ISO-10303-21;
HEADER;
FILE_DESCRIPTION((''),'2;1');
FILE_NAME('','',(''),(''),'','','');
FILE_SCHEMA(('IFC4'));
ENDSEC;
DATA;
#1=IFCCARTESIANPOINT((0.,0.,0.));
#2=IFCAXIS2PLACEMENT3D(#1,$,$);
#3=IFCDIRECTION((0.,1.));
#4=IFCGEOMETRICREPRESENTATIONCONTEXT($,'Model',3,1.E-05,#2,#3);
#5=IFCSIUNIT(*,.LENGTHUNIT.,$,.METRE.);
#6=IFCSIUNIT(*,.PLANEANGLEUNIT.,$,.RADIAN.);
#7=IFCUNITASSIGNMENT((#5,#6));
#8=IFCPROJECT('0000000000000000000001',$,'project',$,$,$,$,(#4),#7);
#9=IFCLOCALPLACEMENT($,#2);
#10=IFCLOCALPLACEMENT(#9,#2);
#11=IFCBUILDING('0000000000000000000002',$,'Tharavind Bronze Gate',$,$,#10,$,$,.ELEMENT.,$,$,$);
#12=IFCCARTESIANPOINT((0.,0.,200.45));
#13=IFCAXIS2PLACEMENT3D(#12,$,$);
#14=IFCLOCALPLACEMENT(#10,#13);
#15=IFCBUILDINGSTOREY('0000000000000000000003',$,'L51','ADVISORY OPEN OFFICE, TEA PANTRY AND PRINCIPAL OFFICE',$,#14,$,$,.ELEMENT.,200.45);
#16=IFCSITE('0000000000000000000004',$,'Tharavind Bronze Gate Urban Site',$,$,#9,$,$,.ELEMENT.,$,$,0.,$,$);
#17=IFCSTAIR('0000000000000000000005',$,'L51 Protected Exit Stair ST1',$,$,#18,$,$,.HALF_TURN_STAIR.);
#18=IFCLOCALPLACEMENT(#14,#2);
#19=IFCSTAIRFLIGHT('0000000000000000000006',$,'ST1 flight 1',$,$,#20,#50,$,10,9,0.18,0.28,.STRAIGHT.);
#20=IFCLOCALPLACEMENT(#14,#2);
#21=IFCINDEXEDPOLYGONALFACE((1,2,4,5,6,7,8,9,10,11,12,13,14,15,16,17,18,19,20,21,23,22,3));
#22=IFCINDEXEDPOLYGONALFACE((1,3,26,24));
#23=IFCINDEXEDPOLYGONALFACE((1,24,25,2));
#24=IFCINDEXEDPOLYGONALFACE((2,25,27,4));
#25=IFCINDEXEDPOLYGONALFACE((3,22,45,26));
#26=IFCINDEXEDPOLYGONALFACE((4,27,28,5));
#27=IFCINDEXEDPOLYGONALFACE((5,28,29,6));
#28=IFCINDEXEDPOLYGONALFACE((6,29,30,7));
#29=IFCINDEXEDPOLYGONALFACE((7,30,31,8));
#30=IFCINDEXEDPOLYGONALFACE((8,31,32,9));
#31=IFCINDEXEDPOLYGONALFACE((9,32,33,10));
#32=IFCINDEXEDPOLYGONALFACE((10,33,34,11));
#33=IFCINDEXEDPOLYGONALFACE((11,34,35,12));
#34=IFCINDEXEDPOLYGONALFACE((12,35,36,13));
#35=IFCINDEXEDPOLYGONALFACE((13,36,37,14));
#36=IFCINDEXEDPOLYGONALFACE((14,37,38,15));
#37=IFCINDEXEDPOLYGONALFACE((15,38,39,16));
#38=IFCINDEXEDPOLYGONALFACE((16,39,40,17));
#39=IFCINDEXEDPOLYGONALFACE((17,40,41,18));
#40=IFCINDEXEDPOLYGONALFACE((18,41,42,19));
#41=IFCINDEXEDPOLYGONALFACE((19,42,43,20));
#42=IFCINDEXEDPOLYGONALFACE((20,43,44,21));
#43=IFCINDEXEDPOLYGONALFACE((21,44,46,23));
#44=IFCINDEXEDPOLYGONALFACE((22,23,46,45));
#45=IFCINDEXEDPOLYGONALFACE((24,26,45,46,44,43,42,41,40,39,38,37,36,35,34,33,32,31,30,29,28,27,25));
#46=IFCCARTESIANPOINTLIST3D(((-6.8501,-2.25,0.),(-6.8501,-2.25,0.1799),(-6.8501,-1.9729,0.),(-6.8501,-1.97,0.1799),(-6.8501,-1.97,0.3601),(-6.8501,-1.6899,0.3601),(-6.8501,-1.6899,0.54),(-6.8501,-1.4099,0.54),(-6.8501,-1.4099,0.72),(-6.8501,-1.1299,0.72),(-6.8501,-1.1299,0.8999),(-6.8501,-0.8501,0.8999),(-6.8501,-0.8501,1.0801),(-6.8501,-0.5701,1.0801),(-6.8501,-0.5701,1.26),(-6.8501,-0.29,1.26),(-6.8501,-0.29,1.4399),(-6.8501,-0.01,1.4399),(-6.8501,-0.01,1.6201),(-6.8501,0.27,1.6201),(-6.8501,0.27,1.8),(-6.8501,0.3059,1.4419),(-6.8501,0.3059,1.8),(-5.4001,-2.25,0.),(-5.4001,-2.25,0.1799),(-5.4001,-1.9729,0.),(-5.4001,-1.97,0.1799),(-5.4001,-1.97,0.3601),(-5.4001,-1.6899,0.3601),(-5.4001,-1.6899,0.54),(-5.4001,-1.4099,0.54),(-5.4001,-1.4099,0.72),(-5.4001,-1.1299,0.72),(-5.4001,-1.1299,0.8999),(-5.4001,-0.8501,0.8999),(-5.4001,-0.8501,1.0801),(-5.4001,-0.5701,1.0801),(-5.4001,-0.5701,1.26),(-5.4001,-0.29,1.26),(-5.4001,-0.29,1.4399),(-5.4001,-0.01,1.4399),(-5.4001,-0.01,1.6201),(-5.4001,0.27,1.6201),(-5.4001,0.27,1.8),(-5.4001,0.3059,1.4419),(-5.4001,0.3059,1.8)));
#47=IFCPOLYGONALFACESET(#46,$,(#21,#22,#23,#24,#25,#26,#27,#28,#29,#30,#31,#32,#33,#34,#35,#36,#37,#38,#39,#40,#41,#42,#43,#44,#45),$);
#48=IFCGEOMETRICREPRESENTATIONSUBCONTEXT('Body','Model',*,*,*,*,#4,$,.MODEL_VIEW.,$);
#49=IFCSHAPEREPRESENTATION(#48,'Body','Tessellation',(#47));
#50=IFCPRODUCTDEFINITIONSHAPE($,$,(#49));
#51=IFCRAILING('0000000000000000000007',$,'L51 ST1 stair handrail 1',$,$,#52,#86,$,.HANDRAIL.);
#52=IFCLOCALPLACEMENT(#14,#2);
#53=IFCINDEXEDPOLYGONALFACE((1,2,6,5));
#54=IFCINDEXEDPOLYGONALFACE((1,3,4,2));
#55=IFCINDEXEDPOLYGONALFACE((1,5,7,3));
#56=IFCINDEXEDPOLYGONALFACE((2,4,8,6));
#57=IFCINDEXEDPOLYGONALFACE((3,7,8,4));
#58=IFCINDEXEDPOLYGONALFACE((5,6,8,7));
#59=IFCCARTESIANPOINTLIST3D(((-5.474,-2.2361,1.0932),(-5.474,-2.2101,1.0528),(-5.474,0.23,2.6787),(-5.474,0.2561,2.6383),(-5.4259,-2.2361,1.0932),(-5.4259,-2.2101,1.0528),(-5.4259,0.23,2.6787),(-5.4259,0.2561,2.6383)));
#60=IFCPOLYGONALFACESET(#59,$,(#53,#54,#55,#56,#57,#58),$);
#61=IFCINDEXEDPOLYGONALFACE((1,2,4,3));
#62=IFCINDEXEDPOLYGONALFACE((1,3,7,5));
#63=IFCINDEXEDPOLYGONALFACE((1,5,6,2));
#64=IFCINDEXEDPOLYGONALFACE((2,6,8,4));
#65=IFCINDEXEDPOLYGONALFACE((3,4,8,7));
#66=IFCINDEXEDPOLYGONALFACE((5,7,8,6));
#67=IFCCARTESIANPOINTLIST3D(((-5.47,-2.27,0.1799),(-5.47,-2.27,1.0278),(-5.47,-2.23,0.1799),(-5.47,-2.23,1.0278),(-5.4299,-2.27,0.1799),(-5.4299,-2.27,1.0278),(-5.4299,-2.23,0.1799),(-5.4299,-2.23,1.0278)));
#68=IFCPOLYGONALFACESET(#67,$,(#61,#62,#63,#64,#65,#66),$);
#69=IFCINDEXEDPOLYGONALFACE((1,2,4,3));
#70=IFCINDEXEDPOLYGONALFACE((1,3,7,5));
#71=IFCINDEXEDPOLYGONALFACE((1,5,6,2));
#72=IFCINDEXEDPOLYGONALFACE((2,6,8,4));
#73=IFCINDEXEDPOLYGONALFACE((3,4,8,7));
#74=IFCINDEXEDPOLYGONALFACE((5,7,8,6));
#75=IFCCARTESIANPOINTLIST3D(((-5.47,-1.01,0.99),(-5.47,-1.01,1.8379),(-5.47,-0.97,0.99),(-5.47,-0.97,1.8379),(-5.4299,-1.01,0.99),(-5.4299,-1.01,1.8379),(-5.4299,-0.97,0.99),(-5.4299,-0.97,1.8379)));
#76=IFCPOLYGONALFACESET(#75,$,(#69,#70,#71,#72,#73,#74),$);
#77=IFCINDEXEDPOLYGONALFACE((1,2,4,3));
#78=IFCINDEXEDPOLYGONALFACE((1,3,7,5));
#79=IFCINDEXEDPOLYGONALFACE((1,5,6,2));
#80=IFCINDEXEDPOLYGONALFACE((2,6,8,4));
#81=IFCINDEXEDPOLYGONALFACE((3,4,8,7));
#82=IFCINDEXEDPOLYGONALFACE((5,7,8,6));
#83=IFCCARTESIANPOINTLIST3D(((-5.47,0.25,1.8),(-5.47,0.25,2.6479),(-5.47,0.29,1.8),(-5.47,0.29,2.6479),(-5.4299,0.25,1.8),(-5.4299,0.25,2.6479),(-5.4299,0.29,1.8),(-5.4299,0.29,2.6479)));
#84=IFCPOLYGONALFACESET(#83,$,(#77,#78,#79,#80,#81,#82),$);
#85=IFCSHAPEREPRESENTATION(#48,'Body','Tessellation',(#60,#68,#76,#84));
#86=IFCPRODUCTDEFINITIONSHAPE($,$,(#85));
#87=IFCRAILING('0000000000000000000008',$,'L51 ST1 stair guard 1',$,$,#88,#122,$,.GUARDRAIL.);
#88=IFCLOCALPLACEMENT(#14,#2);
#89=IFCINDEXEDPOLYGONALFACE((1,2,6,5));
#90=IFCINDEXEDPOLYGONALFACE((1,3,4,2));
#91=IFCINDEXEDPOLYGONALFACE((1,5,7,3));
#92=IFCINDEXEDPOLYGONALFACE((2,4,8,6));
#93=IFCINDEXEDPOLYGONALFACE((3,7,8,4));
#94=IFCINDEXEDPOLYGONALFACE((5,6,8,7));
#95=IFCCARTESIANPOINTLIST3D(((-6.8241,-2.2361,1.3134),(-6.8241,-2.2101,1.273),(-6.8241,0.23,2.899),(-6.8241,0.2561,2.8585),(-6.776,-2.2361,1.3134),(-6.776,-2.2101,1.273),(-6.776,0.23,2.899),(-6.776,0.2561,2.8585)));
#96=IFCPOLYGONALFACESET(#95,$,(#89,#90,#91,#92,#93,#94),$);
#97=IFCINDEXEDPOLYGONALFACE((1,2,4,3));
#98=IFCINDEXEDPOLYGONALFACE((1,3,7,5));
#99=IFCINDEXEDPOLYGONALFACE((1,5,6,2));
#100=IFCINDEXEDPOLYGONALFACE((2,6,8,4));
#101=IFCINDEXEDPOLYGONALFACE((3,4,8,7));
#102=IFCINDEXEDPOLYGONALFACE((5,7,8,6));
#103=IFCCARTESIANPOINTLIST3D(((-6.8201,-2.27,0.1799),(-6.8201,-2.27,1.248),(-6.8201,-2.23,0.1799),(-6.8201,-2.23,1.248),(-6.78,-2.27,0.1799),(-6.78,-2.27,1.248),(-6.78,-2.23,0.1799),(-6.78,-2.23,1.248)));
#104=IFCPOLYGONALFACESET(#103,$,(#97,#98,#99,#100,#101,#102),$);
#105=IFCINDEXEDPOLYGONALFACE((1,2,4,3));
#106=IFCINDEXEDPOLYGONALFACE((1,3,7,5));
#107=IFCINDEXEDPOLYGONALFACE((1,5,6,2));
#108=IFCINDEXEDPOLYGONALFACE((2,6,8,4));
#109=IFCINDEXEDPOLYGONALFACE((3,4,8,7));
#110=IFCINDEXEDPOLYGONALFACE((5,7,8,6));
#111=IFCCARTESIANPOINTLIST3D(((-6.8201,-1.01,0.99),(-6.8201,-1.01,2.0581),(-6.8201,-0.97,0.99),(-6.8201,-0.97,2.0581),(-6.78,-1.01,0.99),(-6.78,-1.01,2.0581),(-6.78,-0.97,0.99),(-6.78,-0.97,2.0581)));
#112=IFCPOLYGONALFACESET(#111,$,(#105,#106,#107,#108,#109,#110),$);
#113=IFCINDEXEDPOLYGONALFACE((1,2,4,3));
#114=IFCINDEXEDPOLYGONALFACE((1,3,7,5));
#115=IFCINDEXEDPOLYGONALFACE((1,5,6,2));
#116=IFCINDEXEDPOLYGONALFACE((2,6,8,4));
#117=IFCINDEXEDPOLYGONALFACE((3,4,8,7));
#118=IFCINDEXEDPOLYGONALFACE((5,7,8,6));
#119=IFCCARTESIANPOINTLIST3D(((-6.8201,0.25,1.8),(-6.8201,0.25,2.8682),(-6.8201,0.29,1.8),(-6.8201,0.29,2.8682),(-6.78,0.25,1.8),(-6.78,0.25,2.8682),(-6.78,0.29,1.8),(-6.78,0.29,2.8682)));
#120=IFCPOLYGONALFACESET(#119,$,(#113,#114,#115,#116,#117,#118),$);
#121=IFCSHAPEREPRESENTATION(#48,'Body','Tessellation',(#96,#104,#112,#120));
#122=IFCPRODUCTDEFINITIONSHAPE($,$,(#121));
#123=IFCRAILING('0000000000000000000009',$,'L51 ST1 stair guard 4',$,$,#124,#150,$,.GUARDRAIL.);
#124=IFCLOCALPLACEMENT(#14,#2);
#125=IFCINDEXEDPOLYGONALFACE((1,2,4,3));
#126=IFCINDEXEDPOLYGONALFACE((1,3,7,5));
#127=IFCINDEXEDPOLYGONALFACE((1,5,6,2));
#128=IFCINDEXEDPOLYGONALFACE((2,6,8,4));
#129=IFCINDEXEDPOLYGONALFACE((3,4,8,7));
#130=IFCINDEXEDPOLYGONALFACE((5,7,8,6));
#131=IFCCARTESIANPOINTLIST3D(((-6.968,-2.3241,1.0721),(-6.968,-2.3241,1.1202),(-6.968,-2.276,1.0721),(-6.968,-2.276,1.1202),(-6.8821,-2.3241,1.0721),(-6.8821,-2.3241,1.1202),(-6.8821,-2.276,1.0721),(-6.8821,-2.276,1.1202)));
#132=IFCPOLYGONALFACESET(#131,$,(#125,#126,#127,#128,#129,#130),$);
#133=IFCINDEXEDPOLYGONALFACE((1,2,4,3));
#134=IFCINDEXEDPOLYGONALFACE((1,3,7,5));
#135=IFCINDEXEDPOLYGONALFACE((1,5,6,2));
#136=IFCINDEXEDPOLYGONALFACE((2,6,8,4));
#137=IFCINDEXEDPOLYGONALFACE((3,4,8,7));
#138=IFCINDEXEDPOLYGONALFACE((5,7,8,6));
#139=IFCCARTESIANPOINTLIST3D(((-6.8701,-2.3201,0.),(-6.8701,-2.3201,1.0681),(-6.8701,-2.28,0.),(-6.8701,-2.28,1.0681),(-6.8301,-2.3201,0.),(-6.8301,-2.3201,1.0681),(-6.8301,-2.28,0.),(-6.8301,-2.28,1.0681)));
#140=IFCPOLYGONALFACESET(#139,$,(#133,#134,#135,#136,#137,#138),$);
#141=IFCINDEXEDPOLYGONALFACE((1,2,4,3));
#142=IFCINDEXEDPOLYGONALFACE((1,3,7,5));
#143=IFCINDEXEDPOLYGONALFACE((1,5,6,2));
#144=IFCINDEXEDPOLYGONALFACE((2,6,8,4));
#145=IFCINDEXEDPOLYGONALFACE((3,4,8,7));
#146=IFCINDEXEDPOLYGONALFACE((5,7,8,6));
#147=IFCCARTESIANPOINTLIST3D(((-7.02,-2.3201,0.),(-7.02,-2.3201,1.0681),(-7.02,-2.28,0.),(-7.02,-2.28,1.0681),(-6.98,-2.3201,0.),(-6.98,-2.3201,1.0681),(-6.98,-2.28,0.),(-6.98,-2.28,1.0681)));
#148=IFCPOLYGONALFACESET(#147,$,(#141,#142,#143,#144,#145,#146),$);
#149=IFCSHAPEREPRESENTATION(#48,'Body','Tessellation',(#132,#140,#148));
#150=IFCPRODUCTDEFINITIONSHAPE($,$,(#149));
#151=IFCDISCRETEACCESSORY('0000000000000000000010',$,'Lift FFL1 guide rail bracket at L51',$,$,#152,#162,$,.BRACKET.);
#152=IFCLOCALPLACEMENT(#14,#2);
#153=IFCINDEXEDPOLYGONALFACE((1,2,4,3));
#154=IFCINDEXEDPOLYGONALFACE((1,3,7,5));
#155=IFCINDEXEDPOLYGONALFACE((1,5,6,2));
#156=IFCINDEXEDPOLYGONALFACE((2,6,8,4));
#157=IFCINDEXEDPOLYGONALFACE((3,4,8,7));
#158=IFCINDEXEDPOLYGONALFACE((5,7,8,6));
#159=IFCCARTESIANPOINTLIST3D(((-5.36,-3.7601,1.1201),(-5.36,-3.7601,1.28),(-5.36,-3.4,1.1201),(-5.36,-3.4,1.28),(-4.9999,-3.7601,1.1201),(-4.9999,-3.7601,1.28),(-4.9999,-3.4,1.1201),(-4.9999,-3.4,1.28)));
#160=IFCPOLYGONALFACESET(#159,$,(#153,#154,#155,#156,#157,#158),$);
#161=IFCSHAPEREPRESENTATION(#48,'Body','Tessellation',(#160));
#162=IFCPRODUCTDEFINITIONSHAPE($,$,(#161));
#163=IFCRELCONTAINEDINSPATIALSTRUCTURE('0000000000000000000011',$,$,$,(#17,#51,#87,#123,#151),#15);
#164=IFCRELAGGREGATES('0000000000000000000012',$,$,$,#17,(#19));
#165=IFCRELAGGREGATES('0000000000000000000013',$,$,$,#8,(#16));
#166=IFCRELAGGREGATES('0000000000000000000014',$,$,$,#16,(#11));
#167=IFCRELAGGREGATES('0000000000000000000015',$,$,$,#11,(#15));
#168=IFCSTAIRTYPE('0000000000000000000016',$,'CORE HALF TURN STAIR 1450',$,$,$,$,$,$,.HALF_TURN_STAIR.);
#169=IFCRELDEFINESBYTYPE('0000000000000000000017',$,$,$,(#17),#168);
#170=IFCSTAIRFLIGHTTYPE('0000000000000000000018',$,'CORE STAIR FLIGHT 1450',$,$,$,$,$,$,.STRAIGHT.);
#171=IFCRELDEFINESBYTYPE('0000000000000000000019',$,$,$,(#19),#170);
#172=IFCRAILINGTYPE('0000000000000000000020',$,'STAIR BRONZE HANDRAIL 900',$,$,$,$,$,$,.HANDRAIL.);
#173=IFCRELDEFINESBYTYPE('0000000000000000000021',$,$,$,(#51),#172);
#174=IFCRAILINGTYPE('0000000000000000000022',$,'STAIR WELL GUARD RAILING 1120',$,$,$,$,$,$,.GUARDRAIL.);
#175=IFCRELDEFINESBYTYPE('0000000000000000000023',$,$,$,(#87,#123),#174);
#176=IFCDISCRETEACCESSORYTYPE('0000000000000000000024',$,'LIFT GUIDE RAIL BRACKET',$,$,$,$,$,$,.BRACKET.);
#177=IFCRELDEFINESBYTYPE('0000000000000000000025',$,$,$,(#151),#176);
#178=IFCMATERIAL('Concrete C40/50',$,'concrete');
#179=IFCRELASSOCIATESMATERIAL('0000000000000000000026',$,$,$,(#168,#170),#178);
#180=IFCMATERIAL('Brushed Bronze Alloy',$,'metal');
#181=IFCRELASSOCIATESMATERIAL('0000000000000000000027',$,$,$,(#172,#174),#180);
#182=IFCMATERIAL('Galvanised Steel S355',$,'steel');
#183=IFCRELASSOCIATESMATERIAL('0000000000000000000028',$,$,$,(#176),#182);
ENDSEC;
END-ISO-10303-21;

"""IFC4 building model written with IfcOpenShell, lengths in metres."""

from ifc_helpers import new_model, si_unit, direction, frame, origin, origin_2d, place, context, subcontext, project, spatial, polyline, rectangle, outline, extrude, material, type_object, element, aggregate, save


model = new_model("IFC4")

# Units and contexts
model_context = context("Model", 3, precision=1e-05, world=origin(), true_north=direction((0.0, 1.0)))
body_context = subcontext(model_context, "Body", "Model", "MODEL_VIEW")
ifc_project = project(units=[si_unit("LENGTHUNIT", "METRE"), si_unit("PLANEANGLEUNIT", "RADIAN")], contexts=[model_context])

# Site, building, storey
site_placement = place(None, origin())
site = spatial("IfcSite", under=ifc_project, at=site_placement, Name="Tharavind Bronze Gate Urban Site", CompositionType="ELEMENT", RefElevation=0.0)
building_placement = place(site_placement, origin())
building = spatial("IfcBuilding", under=site, at=building_placement, Name="Tharavind Bronze Gate", CompositionType="ELEMENT")
storey_placement = place(building_placement, frame((0.0, 0.0, 200.45)))
storey = spatial("IfcBuildingStorey", under=building, at=storey_placement, Name="L51", Description="ADVISORY OPEN OFFICE, TEA PANTRY AND PRINCIPAL OFFICE", CompositionType="ELEMENT", Elevation=200.45)

# Shared definitions
ifc_material_1 = material(Name="Concrete C40/50", Category="concrete")

# Stair, stair flight
stair_type = type_object("IfcStairType", Name="CORE HALF TURN STAIR 1450", PredefinedType="HALF_TURN_STAIR", material=ifc_material_1)
stair_placement = place(storey_placement, origin())
stair = element("IfcStair", 1, at=stair_placement, inside=storey, type_object=stair_type, Name="L51 Protected Exit Stair ST1", PredefinedType="HALF_TURN_STAIR")
stair_flight_type = type_object("IfcStairFlightType", Name="CORE STAIR FLIGHT 1450", PredefinedType="STRAIGHT", material=ifc_material_1)
stair_flight_placement = place(storey_placement, frame((-6.125, -2.25, 0.0), z_axis=(0.0, 0.0, 1.0), x_axis=(0.0, 1.0, 0.0)))
stair_flight = element("IfcStairFlight", 2, at=stair_flight_placement, type_object=stair_flight_type, Name="ST1 flight 1", NumberOfRisers=10, NumberOfTreads=9, PredefinedType="STRAIGHT", RiserHeight=0.18, TreadLength=0.28, context=body_context, shape_type="SweptSolid", body=[
    extrude(outline(polyline([(0.0, 0.0), (0.0, 0.1799), (0.28, 0.1799), (0.28, 0.3601), (0.5601, 0.3601), (0.5601, 0.54), (0.8401, 0.54), (0.8401, 0.72), (1.1201, 0.72), (1.1201, 0.8999), (1.3999, 0.8999), (1.3999, 1.0801), (1.6799, 1.0801), (1.6799, 1.26), (1.96, 1.26), (1.96, 1.4399), (2.24, 1.4399), (2.24, 1.6201), (2.52, 1.6201), (2.52, 1.8), (2.5559, 1.8), (2.5559, 1.4419), (0.2771, 0.0), (0.0, 0.0)])), frame((0.0, 0.7251, 0.0), z_axis=(0.0, -1.0, 0.0), x_axis=(1.0, 0.0, 0.0)), (0.0, 0.0, 1.0), 1.45),
])
aggregate(stair, [stair_flight])

# Railings
ifc_material_2 = material(Name="Brushed Bronze Alloy", Category="metal")
railing_type_1 = type_object("IfcRailingType", Name="STAIR BRONZE HANDRAIL 900", PredefinedType="HANDRAIL", material=ifc_material_2)
railing_1_placement = place(storey_placement, frame((-5.45, -2.25, 0.1799)))
element("IfcRailing", 3, at=railing_1_placement, inside=storey, type_object=railing_type_1, Name="L51 ST1 stair handrail 1", PredefinedType="HANDRAIL", context=body_context, shape_type="SweptSolid", body=[
    extrude(rectangle(XDim=0.0481, YDim=0.0481, at=origin_2d()), frame((0.0, 0.0269, 0.8931), z_axis=(0.0, 0.841163, 0.540782), x_axis=(-1.0, 0.0, 0.0)), (0.0, 0.0, 1.0), 2.9319),
    extrude(rectangle(XDim=0.04, YDim=0.04, at=origin_2d()), origin(), (0.0, 0.0, 1.0), 0.8479),
    extrude(rectangle(XDim=0.04, YDim=0.04, at=origin_2d()), frame((0.0, 1.26, 0.8101)), (0.0, 0.0, 1.0), 0.8479),
    extrude(rectangle(XDim=0.04, YDim=0.04, at=origin_2d()), frame((0.0, 2.52, 1.6201)), (0.0, 0.0, 1.0), 0.8479),
])
railing_type_2 = type_object("IfcRailingType", Name="STAIR WELL GUARD RAILING 1120", PredefinedType="GUARDRAIL", material=ifc_material_2)
railing_2_placement = place(storey_placement, frame((-6.8, -2.25, 0.1799)))
element("IfcRailing", 4, at=railing_2_placement, inside=storey, type_object=railing_type_2, Name="L51 ST1 stair guard 1", PredefinedType="GUARDRAIL", context=body_context, shape_type="SweptSolid", body=[
    extrude(rectangle(XDim=0.0481, YDim=0.0481, at=origin_2d()), frame((0.0, 0.0269, 1.1133), z_axis=(0.0, 0.841163, 0.540782), x_axis=(-1.0, 0.0, 0.0)), (0.0, 0.0, 1.0), 2.9319),
    extrude(rectangle(XDim=0.04, YDim=0.04, at=origin_2d()), origin(), (0.0, 0.0, 1.0), 1.0681),
    extrude(rectangle(XDim=0.04, YDim=0.04, at=origin_2d()), frame((0.0, 1.26, 0.8101)), (0.0, 0.0, 1.0), 1.0681),
    extrude(rectangle(XDim=0.04, YDim=0.04, at=origin_2d()), frame((0.0, 2.52, 1.6201)), (0.0, 0.0, 1.0), 1.0681),
])
railing_3_placement = place(storey_placement, frame((-6.8501, -2.3, 0.0)))
element("IfcRailing", 5, at=railing_3_placement, inside=storey, type_object=railing_type_2, Name="L51 ST1 stair guard 4", PredefinedType="GUARDRAIL", context=body_context, shape_type="SweptSolid", body=[
    extrude(rectangle(XDim=0.0481, YDim=0.0481, at=origin_2d()), frame((-0.032, 0.0, 1.0962), z_axis=(-1.0, 0.0, 0.0), x_axis=(0.0, -1.0, 0.0)), (0.0, 0.0, 1.0), 0.0859),
    extrude(rectangle(XDim=0.04, YDim=0.04, at=origin_2d()), origin(), (0.0, 0.0, 1.0), 1.0681),
    extrude(rectangle(XDim=0.04, YDim=0.04, at=origin_2d()), frame((-0.1499, 0.0, 0.0)), (0.0, 0.0, 1.0), 1.0681),
])

# Discrete accessory
ifc_material_3 = material(Name="Galvanised Steel S355", Category="steel")
discrete_accessory_type = type_object("IfcDiscreteAccessoryType", Name="LIFT GUIDE RAIL BRACKET", PredefinedType="BRACKET", material=ifc_material_3)
discrete_accessory_placement = place(storey_placement, frame((-5.1799, -3.5801, 1.1201), z_axis=(0.0, 0.0, 1.0), x_axis=(1.0, 0.0, 0.0)))
element("IfcDiscreteAccessory", 6, at=discrete_accessory_placement, inside=storey, type_object=discrete_accessory_type, Name="Lift FFL1 guide rail bracket at L51", PredefinedType="BRACKET", context=body_context, shape_type="SweptSolid", body=[
    extrude(rectangle(XDim=0.3601, YDim=0.3601, at=origin_2d()), origin(), (0.0, 0.0, 1.0), 0.1599),
])

save(model, "model.ifc")
